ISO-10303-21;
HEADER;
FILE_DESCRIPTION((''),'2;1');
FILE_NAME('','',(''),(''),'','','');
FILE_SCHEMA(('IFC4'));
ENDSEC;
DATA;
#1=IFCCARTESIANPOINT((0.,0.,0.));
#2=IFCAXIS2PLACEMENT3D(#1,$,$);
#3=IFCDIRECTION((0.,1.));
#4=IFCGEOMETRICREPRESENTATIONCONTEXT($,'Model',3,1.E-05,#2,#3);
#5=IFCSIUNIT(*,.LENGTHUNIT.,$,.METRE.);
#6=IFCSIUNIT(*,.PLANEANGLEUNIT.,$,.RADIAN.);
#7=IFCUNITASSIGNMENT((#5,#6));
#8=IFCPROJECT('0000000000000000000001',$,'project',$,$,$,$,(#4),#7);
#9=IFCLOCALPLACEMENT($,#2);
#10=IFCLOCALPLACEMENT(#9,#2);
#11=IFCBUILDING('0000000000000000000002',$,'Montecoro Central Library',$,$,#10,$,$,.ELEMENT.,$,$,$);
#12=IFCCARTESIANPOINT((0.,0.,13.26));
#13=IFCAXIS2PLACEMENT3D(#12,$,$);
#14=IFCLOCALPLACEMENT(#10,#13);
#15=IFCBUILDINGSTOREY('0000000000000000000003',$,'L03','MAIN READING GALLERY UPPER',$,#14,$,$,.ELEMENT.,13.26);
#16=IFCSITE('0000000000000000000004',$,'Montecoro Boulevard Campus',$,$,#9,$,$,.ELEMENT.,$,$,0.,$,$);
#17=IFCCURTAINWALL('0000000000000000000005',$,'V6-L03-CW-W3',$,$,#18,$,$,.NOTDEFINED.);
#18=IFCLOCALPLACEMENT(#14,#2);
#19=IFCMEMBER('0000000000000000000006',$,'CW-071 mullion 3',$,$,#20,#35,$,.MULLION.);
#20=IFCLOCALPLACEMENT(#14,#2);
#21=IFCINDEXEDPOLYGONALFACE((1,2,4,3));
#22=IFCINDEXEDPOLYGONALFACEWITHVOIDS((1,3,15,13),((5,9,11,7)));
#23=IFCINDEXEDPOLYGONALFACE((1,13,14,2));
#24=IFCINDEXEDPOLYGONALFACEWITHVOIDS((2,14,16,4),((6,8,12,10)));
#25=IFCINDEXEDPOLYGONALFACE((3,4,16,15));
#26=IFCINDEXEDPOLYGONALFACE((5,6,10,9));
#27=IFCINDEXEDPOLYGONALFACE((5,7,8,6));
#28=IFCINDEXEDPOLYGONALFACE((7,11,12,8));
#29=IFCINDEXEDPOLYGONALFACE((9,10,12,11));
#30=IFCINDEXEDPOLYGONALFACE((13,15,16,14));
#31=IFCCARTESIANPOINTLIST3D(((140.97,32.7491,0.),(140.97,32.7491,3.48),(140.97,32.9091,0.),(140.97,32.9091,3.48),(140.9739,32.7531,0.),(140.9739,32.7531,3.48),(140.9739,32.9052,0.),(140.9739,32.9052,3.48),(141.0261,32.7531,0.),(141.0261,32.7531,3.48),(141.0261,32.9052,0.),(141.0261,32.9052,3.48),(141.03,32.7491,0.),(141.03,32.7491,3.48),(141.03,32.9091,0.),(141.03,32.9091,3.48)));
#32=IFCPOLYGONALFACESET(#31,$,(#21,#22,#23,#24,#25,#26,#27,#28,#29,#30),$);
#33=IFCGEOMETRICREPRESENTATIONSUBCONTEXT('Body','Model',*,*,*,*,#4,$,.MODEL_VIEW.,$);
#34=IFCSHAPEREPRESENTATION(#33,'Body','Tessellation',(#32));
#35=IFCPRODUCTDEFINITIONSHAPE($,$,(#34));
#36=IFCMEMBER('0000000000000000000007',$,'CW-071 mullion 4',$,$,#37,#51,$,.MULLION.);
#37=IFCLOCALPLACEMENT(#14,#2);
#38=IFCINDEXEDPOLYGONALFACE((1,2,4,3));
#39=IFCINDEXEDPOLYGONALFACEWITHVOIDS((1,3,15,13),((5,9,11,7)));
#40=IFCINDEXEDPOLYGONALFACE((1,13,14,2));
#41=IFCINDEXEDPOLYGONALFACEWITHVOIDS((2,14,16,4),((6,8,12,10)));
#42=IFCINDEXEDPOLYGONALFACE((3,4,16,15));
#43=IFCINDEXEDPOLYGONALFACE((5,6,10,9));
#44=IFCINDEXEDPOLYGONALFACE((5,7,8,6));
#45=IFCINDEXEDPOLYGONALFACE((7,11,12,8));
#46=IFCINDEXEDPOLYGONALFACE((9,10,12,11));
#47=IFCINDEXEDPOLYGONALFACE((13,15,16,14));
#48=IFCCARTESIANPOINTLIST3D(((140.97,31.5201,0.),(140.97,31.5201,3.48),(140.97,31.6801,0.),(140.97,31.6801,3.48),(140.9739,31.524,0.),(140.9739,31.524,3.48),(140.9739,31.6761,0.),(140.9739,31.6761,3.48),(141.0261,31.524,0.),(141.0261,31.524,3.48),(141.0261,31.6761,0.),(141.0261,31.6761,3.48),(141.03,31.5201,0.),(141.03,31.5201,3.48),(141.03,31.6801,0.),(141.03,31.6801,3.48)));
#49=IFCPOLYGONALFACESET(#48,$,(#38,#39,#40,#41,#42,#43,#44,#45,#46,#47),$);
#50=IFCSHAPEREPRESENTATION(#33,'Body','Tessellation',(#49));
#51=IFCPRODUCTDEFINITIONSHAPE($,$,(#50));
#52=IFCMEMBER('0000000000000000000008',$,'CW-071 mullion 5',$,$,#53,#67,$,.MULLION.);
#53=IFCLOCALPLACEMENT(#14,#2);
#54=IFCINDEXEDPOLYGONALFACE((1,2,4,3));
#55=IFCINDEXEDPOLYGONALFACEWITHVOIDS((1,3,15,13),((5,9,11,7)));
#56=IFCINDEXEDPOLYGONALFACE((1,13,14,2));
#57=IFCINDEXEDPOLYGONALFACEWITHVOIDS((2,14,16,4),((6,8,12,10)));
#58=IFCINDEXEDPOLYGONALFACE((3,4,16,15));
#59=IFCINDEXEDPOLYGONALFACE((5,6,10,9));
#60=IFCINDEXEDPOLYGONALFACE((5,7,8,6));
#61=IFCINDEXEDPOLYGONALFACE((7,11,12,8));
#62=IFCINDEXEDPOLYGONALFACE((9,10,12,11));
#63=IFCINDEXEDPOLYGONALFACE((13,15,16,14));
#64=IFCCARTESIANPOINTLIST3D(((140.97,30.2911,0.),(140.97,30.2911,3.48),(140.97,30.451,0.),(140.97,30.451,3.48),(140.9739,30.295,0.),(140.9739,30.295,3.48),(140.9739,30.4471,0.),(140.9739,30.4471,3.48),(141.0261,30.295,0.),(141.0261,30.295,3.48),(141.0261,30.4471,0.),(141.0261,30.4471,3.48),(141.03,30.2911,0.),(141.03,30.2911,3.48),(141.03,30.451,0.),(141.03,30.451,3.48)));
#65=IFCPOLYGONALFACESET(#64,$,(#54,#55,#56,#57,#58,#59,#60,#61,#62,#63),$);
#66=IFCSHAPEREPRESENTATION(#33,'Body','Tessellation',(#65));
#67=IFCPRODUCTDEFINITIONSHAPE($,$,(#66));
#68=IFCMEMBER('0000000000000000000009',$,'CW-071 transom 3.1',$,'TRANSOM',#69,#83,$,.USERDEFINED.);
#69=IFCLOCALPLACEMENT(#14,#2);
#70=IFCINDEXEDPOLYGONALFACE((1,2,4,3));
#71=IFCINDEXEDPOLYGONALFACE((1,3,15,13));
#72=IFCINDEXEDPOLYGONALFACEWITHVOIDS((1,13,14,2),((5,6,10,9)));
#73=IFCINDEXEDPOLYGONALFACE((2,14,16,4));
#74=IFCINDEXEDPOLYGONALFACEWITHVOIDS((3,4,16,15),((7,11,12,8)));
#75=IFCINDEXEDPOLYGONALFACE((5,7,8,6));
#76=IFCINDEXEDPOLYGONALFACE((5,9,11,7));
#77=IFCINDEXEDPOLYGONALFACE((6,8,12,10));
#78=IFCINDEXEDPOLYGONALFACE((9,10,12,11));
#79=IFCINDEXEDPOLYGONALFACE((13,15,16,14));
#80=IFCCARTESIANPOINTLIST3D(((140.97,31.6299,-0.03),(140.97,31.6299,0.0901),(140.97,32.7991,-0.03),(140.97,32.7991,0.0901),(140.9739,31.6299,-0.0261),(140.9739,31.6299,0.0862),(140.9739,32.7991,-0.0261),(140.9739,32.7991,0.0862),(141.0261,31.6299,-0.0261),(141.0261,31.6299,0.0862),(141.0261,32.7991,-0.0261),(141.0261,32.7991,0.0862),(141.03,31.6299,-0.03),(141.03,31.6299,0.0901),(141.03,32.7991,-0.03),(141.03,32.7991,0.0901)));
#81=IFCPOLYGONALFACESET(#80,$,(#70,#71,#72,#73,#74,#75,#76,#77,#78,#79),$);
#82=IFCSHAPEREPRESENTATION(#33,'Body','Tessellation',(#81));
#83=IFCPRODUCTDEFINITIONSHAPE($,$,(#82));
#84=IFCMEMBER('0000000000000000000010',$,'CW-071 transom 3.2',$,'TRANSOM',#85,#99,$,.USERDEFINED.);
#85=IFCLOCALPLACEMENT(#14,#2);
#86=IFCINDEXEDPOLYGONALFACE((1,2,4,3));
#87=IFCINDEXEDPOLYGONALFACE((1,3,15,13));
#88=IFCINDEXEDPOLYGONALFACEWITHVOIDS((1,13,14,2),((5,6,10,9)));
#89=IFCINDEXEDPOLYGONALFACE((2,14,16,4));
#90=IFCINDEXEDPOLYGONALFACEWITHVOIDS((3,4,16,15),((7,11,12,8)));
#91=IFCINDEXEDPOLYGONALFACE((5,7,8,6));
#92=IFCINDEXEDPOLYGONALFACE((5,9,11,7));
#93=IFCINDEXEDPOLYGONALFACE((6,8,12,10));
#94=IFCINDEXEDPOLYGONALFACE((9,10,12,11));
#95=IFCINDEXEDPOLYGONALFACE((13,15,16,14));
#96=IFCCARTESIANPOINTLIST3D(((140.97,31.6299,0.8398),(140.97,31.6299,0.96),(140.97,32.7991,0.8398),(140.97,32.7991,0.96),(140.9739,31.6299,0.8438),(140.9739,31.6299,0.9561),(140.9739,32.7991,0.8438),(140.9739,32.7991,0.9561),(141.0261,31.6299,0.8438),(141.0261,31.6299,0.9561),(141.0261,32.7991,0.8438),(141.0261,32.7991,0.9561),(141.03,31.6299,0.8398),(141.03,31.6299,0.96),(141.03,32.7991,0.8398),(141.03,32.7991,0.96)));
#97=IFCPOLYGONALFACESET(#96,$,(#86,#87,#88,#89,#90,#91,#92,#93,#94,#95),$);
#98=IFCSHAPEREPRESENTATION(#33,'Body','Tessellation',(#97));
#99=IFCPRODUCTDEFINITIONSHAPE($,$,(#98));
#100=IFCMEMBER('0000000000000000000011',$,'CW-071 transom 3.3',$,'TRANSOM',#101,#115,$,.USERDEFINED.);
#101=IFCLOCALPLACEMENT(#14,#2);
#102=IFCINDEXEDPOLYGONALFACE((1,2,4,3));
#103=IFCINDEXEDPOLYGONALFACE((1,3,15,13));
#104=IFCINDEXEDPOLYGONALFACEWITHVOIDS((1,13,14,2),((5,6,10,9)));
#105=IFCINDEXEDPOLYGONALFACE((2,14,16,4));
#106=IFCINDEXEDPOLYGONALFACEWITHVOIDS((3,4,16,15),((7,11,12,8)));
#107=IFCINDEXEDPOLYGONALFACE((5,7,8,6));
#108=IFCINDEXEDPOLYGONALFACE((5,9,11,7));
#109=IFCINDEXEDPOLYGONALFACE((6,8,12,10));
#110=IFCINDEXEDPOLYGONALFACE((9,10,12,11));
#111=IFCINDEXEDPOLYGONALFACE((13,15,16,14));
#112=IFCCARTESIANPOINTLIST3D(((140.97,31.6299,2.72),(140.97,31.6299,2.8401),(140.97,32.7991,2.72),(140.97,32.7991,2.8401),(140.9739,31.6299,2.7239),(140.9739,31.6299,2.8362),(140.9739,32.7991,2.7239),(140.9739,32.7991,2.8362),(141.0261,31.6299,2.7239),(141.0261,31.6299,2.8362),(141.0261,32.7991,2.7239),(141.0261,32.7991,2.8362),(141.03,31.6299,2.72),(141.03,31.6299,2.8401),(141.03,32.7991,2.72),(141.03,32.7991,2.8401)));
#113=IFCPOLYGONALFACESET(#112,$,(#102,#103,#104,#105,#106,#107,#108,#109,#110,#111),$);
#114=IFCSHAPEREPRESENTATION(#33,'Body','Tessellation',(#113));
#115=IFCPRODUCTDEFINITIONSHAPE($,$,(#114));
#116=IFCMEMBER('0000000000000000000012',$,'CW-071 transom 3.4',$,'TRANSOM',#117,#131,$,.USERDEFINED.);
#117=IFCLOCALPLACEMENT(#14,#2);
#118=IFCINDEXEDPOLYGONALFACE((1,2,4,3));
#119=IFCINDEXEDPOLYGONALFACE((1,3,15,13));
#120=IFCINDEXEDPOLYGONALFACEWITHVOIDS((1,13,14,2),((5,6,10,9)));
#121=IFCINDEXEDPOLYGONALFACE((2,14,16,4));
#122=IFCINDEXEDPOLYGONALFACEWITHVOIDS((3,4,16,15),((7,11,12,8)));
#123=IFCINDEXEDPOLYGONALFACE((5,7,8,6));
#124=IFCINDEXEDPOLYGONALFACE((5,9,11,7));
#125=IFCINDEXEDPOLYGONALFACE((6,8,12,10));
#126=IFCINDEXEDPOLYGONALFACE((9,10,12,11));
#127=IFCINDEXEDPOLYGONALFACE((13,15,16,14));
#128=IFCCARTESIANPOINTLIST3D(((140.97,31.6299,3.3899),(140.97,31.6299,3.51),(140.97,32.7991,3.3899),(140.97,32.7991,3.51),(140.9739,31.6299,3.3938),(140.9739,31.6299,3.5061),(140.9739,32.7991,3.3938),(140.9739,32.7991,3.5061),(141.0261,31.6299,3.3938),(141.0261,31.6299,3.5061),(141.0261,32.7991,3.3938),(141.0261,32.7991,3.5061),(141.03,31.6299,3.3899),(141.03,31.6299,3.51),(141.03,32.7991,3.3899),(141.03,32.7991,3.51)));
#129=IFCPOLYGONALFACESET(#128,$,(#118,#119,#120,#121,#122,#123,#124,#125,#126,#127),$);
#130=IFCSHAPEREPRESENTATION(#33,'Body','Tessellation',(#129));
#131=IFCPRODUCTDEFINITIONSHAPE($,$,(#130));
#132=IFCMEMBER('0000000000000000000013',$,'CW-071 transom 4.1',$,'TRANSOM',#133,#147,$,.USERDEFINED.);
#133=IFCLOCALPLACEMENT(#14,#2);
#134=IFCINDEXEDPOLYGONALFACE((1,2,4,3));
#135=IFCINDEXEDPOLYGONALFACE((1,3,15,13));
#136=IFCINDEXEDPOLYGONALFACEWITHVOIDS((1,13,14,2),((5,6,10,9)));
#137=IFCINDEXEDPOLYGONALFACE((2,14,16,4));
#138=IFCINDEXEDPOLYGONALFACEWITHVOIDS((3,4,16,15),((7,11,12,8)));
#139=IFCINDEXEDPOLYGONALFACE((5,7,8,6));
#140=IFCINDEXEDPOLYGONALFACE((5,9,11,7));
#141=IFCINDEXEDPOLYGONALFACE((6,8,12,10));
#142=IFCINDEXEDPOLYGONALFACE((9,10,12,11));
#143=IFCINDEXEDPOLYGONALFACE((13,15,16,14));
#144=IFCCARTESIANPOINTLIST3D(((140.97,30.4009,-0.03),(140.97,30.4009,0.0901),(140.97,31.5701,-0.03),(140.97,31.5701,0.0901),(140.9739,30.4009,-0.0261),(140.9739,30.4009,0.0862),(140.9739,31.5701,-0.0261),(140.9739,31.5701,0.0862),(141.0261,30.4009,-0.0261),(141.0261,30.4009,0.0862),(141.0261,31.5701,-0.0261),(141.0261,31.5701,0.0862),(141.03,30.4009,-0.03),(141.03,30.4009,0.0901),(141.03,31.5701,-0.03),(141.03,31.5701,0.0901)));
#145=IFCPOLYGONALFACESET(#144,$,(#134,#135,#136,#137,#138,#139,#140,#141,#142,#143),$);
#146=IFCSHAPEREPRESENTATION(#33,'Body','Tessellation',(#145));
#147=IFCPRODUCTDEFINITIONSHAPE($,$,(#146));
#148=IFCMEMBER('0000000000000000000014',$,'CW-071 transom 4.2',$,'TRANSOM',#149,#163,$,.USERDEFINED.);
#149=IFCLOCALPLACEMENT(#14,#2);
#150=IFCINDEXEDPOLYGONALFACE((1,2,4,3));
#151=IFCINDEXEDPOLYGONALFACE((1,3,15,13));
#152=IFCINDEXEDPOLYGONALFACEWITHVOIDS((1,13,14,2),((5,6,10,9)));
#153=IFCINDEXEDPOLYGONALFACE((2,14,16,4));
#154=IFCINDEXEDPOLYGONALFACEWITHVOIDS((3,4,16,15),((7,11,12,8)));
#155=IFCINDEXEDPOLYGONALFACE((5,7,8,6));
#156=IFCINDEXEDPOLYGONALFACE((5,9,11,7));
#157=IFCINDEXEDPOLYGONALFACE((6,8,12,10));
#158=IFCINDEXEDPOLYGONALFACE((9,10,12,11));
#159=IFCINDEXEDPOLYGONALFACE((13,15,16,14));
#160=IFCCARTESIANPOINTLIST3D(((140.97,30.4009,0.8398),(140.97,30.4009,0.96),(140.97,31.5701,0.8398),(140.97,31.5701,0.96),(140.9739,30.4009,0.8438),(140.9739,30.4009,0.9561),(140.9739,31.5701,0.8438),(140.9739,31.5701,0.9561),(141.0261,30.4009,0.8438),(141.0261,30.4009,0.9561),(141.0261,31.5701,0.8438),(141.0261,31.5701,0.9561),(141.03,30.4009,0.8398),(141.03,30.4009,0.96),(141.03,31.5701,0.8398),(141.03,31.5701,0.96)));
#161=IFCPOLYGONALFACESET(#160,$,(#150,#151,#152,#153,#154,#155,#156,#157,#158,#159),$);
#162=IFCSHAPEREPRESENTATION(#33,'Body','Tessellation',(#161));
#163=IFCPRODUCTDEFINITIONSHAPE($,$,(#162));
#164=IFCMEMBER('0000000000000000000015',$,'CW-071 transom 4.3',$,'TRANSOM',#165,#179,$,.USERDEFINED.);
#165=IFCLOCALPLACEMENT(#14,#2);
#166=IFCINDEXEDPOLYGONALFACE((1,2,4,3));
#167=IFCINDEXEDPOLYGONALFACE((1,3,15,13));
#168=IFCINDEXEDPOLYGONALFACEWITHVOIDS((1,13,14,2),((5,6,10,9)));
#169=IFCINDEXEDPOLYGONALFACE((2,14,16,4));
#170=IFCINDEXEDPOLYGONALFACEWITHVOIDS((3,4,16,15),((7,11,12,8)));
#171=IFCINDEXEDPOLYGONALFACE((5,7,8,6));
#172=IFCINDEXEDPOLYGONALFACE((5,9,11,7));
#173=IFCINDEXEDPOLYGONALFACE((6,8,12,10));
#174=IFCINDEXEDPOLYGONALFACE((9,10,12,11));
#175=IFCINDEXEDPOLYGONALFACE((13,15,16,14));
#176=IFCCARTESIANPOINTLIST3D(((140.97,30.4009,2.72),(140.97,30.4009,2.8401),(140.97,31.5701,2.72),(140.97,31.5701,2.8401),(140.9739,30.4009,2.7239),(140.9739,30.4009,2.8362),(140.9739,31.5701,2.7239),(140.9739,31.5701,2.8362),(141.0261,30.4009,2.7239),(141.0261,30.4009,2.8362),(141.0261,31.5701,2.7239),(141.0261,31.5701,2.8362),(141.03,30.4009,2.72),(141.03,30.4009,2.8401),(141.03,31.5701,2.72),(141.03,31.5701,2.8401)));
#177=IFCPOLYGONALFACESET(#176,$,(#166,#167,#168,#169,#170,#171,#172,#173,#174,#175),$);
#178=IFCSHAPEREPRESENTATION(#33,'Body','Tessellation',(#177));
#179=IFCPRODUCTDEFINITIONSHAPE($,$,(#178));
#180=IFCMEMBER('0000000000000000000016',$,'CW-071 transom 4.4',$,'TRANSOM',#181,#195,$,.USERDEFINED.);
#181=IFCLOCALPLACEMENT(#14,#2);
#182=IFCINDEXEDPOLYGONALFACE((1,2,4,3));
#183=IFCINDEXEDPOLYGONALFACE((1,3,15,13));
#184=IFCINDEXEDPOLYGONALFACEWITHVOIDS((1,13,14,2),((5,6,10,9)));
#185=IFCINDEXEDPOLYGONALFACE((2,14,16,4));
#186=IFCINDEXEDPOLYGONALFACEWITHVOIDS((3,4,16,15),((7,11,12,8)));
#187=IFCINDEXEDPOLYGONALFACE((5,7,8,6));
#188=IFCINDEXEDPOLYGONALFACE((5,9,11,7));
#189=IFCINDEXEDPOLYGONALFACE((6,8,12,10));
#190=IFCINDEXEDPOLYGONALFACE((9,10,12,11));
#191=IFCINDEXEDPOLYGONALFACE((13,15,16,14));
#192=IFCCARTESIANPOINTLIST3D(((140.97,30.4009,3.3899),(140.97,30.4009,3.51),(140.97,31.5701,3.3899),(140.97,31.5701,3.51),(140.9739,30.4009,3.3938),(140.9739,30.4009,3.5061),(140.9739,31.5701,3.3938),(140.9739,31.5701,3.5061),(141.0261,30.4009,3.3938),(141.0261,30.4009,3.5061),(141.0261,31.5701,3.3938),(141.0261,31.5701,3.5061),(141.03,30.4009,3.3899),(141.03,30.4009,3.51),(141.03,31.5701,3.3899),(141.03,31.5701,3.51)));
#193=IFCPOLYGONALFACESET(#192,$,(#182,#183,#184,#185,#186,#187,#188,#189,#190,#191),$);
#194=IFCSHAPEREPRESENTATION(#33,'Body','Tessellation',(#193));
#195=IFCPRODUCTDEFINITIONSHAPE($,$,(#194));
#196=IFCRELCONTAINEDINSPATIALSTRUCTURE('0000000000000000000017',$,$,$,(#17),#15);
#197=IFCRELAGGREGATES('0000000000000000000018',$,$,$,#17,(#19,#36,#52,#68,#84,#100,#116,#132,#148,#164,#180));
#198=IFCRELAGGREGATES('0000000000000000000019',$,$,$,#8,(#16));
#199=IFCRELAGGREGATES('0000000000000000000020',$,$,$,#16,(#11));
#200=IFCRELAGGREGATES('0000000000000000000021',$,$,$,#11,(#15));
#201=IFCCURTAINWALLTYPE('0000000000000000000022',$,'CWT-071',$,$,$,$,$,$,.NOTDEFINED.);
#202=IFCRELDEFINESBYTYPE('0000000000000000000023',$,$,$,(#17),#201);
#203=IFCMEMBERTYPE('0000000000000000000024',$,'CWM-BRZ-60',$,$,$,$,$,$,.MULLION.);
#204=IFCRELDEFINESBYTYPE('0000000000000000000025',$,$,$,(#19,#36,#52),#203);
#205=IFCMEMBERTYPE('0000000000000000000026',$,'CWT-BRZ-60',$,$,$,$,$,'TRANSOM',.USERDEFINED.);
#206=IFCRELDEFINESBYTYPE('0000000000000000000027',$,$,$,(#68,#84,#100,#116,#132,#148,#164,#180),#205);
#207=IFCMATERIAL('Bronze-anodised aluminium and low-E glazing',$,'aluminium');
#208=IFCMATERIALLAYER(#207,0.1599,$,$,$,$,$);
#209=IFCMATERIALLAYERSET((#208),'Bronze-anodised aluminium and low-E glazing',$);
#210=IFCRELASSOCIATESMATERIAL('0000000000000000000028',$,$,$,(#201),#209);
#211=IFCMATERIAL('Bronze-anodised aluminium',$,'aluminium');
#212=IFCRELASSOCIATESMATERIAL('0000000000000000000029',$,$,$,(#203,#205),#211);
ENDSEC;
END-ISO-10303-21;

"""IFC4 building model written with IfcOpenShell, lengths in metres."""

from ifc_helpers import new_model, si_unit, direction, frame, origin, origin_2d, place, context, subcontext, project, spatial, hollow_rectangle, extrude, material, layer, layer_set, material_profile, profile_set, type_object, element, aggregate, save


model = new_model("IFC4")

# Units and contexts
model_context = context("Model", 3, precision=1e-05, world=origin(), true_north=direction((0.0, 1.0)))
body_context = subcontext(model_context, "Body", "Model", "MODEL_VIEW")
ifc_project = project(units=[si_unit("LENGTHUNIT", "METRE"), si_unit("PLANEANGLEUNIT", "RADIAN")], contexts=[model_context])

# Site, building, storey
site_placement = place(None, origin())
site = spatial("IfcSite", under=ifc_project, at=site_placement, Name="Montecoro Boulevard Campus", CompositionType="ELEMENT", RefElevation=0.0)
building_placement = place(site_placement, origin())
building = spatial("IfcBuilding", under=site, at=building_placement, Name="Montecoro Central Library", CompositionType="ELEMENT")
storey_placement = place(building_placement, frame((0.0, 0.0, 13.26)))
storey = spatial("IfcBuildingStorey", under=building, at=storey_placement, Name="L03", Description="MAIN READING GALLERY UPPER", CompositionType="ELEMENT", Elevation=13.26)

# Curtain wall, members
ifc_material_1 = material(Name="Bronze-anodised aluminium and low-E glazing", Category="aluminium")
ifc_layer_1 = layer(ifc_material_1, 0.1599)
ifc_layer_set_1 = layer_set([ifc_layer_1], Name="Bronze-anodised aluminium and low-E glazing")
curtain_wall_type = type_object("IfcCurtainWallType", Name="CWT-071", PredefinedType="NOTDEFINED", material=ifc_layer_set_1)
curtain_wall_placement = place(storey_placement, origin())
curtain_wall = element("IfcCurtainWall", 1, at=curtain_wall_placement, inside=storey, type_object=curtain_wall_type, Name="V6-L03-CW-W3", PredefinedType="NOTDEFINED")
ifc_material_2 = material(Name="Bronze-anodised aluminium", Category="aluminium")
ifc_material_profile_1 = material_profile(ifc_material_2, hollow_rectangle(XDim=0.0601, YDim=0.1599, WallThickness=0.0039, at=origin_2d()), Name="CWM 160x60x4.0")
ifc_profile_set_1 = profile_set([ifc_material_profile_1], Name="Bronze-anodised aluminium")
member_type_1 = type_object("IfcMemberType", Name="CWM-BRZ-60", PredefinedType="MULLION", material=ifc_profile_set_1)
member_1_placement = place(storey_placement, frame((141.0, 32.8291, 0.0), z_axis=(0.0, 0.0, 1.0), x_axis=(1.0, 0.0, 0.0)))
member_1 = element("IfcMember", 2, at=member_1_placement, type_object=member_type_1, Name="CW-071 mullion 3", PredefinedType="MULLION", context=body_context, shape_type="SweptSolid", body=[
    extrude(hollow_rectangle(XDim=0.0601, YDim=0.1599, WallThickness=0.0039, at=origin_2d()), origin(), (0.0, 0.0, 1.0), 3.48),
])
member_2_placement = place(storey_placement, frame((141.0, 31.6001, 0.0), z_axis=(0.0, 0.0, 1.0), x_axis=(1.0, 0.0, 0.0)))
member_2 = element("IfcMember", 3, at=member_2_placement, type_object=member_type_1, Name="CW-071 mullion 4", PredefinedType="MULLION", context=body_context, shape_type="SweptSolid", body=[
    extrude(hollow_rectangle(XDim=0.0601, YDim=0.1599, WallThickness=0.0039, at=origin_2d()), origin(), (0.0, 0.0, 1.0), 3.48),
])
member_3_placement = place(storey_placement, frame((141.0, 30.3711, 0.0), z_axis=(0.0, 0.0, 1.0), x_axis=(1.0, 0.0, 0.0)))
member_3 = element("IfcMember", 4, at=member_3_placement, type_object=member_type_1, Name="CW-071 mullion 5", PredefinedType="MULLION", context=body_context, shape_type="SweptSolid", body=[
    extrude(hollow_rectangle(XDim=0.0601, YDim=0.1599, WallThickness=0.0039, at=origin_2d()), origin(), (0.0, 0.0, 1.0), 3.48),
])
ifc_material_profile_2 = material_profile(ifc_material_2, hollow_rectangle(XDim=0.0601, YDim=0.1201, WallThickness=0.0039, at=origin_2d()), Name="CWT 120x60x4.0")
ifc_profile_set_2 = profile_set([ifc_material_profile_2], Name="Bronze-anodised aluminium")
member_type_2 = type_object("IfcMemberType", Name="CWT-BRZ-60", ElementType="TRANSOM", PredefinedType="USERDEFINED", material=ifc_profile_set_2)
member_4_placement = place(storey_placement, frame((141.0, 32.7991, 0.03), z_axis=(0.0, -1.0, 0.0), x_axis=(1.0, 0.0, 0.0)))
member_4 = element("IfcMember", 5, at=member_4_placement, type_object=member_type_2, Name="CW-071 transom 3.1", ObjectType="TRANSOM", PredefinedType="USERDEFINED", context=body_context, shape_type="SweptSolid", body=[
    extrude(hollow_rectangle(XDim=0.0601, YDim=0.1201, WallThickness=0.0039, at=origin_2d()), origin(), (0.0, 0.0, 1.0), 1.1692),
])
member_5_placement = place(storey_placement, frame((141.0, 32.7991, 0.8999), z_axis=(0.0, -1.0, 0.0), x_axis=(1.0, 0.0, 0.0)))
member_5 = element("IfcMember", 6, at=member_5_placement, type_object=member_type_2, Name="CW-071 transom 3.2", ObjectType="TRANSOM", PredefinedType="USERDEFINED", context=body_context, shape_type="SweptSolid", body=[
    extrude(hollow_rectangle(XDim=0.0601, YDim=0.1201, WallThickness=0.0039, at=origin_2d()), origin(), (0.0, 0.0, 1.0), 1.1692),
])
member_6_placement = place(storey_placement, frame((141.0, 32.7991, 2.78), z_axis=(0.0, -1.0, 0.0), x_axis=(1.0, 0.0, 0.0)))
member_6 = element("IfcMember", 7, at=member_6_placement, type_object=member_type_2, Name="CW-071 transom 3.3", ObjectType="TRANSOM", PredefinedType="USERDEFINED", context=body_context, shape_type="SweptSolid", body=[
    extrude(hollow_rectangle(XDim=0.0601, YDim=0.1201, WallThickness=0.0039, at=origin_2d()), origin(), (0.0, 0.0, 1.0), 1.1692),
])
member_7_placement = place(storey_placement, frame((141.0, 32.7991, 3.45), z_axis=(0.0, -1.0, 0.0), x_axis=(1.0, 0.0, 0.0)))
member_7 = element("IfcMember", 8, at=member_7_placement, type_object=member_type_2, Name="CW-071 transom 3.4", ObjectType="TRANSOM", PredefinedType="USERDEFINED", context=body_context, shape_type="SweptSolid", body=[
    extrude(hollow_rectangle(XDim=0.0601, YDim=0.1201, WallThickness=0.0039, at=origin_2d()), origin(), (0.0, 0.0, 1.0), 1.1692),
])
member_8_placement = place(storey_placement, frame((141.0, 31.5701, 0.03), z_axis=(0.0, -1.0, 0.0), x_axis=(1.0, 0.0, 0.0)))
member_8 = element("IfcMember", 9, at=member_8_placement, type_object=member_type_2, Name="CW-071 transom 4.1", ObjectType="TRANSOM", PredefinedType="USERDEFINED", context=body_context, shape_type="SweptSolid", body=[
    extrude(hollow_rectangle(XDim=0.0601, YDim=0.1201, WallThickness=0.0039, at=origin_2d()), origin(), (0.0, 0.0, 1.0), 1.1692),
])
member_9_placement = place(storey_placement, frame((141.0, 31.5701, 0.8999), z_axis=(0.0, -1.0, 0.0), x_axis=(1.0, 0.0, 0.0)))
member_9 = element("IfcMember", 10, at=member_9_placement, type_object=member_type_2, Name="CW-071 transom 4.2", ObjectType="TRANSOM", PredefinedType="USERDEFINED", context=body_context, shape_type="SweptSolid", body=[
    extrude(hollow_rectangle(XDim=0.0601, YDim=0.1201, WallThickness=0.0039, at=origin_2d()), origin(), (0.0, 0.0, 1.0), 1.1692),
])
member_10_placement = place(storey_placement, frame((141.0, 31.5701, 2.78), z_axis=(0.0, -1.0, 0.0), x_axis=(1.0, 0.0, 0.0)))
member_10 = element("IfcMember", 11, at=member_10_placement, type_object=member_type_2, Name="CW-071 transom 4.3", ObjectType="TRANSOM", PredefinedType="USERDEFINED", context=body_context, shape_type="SweptSolid", body=[
    extrude(hollow_rectangle(XDim=0.0601, YDim=0.1201, WallThickness=0.0039, at=origin_2d()), origin(), (0.0, 0.0, 1.0), 1.1692),
])
member_11_placement = place(storey_placement, frame((141.0, 31.5701, 3.45), z_axis=(0.0, -1.0, 0.0), x_axis=(1.0, 0.0, 0.0)))
member_11 = element("IfcMember", 12, at=member_11_placement, type_object=member_type_2, Name="CW-071 transom 4.4", ObjectType="TRANSOM", PredefinedType="USERDEFINED", context=body_context, shape_type="SweptSolid", body=[
    extrude(hollow_rectangle(XDim=0.0601, YDim=0.1201, WallThickness=0.0039, at=origin_2d()), origin(), (0.0, 0.0, 1.0), 1.1692),
])
aggregate(curtain_wall, [member_1, member_2, member_3, member_4, member_5, member_6, member_7, member_8, member_9, member_10, member_11])

save(model, "model.ifc")
